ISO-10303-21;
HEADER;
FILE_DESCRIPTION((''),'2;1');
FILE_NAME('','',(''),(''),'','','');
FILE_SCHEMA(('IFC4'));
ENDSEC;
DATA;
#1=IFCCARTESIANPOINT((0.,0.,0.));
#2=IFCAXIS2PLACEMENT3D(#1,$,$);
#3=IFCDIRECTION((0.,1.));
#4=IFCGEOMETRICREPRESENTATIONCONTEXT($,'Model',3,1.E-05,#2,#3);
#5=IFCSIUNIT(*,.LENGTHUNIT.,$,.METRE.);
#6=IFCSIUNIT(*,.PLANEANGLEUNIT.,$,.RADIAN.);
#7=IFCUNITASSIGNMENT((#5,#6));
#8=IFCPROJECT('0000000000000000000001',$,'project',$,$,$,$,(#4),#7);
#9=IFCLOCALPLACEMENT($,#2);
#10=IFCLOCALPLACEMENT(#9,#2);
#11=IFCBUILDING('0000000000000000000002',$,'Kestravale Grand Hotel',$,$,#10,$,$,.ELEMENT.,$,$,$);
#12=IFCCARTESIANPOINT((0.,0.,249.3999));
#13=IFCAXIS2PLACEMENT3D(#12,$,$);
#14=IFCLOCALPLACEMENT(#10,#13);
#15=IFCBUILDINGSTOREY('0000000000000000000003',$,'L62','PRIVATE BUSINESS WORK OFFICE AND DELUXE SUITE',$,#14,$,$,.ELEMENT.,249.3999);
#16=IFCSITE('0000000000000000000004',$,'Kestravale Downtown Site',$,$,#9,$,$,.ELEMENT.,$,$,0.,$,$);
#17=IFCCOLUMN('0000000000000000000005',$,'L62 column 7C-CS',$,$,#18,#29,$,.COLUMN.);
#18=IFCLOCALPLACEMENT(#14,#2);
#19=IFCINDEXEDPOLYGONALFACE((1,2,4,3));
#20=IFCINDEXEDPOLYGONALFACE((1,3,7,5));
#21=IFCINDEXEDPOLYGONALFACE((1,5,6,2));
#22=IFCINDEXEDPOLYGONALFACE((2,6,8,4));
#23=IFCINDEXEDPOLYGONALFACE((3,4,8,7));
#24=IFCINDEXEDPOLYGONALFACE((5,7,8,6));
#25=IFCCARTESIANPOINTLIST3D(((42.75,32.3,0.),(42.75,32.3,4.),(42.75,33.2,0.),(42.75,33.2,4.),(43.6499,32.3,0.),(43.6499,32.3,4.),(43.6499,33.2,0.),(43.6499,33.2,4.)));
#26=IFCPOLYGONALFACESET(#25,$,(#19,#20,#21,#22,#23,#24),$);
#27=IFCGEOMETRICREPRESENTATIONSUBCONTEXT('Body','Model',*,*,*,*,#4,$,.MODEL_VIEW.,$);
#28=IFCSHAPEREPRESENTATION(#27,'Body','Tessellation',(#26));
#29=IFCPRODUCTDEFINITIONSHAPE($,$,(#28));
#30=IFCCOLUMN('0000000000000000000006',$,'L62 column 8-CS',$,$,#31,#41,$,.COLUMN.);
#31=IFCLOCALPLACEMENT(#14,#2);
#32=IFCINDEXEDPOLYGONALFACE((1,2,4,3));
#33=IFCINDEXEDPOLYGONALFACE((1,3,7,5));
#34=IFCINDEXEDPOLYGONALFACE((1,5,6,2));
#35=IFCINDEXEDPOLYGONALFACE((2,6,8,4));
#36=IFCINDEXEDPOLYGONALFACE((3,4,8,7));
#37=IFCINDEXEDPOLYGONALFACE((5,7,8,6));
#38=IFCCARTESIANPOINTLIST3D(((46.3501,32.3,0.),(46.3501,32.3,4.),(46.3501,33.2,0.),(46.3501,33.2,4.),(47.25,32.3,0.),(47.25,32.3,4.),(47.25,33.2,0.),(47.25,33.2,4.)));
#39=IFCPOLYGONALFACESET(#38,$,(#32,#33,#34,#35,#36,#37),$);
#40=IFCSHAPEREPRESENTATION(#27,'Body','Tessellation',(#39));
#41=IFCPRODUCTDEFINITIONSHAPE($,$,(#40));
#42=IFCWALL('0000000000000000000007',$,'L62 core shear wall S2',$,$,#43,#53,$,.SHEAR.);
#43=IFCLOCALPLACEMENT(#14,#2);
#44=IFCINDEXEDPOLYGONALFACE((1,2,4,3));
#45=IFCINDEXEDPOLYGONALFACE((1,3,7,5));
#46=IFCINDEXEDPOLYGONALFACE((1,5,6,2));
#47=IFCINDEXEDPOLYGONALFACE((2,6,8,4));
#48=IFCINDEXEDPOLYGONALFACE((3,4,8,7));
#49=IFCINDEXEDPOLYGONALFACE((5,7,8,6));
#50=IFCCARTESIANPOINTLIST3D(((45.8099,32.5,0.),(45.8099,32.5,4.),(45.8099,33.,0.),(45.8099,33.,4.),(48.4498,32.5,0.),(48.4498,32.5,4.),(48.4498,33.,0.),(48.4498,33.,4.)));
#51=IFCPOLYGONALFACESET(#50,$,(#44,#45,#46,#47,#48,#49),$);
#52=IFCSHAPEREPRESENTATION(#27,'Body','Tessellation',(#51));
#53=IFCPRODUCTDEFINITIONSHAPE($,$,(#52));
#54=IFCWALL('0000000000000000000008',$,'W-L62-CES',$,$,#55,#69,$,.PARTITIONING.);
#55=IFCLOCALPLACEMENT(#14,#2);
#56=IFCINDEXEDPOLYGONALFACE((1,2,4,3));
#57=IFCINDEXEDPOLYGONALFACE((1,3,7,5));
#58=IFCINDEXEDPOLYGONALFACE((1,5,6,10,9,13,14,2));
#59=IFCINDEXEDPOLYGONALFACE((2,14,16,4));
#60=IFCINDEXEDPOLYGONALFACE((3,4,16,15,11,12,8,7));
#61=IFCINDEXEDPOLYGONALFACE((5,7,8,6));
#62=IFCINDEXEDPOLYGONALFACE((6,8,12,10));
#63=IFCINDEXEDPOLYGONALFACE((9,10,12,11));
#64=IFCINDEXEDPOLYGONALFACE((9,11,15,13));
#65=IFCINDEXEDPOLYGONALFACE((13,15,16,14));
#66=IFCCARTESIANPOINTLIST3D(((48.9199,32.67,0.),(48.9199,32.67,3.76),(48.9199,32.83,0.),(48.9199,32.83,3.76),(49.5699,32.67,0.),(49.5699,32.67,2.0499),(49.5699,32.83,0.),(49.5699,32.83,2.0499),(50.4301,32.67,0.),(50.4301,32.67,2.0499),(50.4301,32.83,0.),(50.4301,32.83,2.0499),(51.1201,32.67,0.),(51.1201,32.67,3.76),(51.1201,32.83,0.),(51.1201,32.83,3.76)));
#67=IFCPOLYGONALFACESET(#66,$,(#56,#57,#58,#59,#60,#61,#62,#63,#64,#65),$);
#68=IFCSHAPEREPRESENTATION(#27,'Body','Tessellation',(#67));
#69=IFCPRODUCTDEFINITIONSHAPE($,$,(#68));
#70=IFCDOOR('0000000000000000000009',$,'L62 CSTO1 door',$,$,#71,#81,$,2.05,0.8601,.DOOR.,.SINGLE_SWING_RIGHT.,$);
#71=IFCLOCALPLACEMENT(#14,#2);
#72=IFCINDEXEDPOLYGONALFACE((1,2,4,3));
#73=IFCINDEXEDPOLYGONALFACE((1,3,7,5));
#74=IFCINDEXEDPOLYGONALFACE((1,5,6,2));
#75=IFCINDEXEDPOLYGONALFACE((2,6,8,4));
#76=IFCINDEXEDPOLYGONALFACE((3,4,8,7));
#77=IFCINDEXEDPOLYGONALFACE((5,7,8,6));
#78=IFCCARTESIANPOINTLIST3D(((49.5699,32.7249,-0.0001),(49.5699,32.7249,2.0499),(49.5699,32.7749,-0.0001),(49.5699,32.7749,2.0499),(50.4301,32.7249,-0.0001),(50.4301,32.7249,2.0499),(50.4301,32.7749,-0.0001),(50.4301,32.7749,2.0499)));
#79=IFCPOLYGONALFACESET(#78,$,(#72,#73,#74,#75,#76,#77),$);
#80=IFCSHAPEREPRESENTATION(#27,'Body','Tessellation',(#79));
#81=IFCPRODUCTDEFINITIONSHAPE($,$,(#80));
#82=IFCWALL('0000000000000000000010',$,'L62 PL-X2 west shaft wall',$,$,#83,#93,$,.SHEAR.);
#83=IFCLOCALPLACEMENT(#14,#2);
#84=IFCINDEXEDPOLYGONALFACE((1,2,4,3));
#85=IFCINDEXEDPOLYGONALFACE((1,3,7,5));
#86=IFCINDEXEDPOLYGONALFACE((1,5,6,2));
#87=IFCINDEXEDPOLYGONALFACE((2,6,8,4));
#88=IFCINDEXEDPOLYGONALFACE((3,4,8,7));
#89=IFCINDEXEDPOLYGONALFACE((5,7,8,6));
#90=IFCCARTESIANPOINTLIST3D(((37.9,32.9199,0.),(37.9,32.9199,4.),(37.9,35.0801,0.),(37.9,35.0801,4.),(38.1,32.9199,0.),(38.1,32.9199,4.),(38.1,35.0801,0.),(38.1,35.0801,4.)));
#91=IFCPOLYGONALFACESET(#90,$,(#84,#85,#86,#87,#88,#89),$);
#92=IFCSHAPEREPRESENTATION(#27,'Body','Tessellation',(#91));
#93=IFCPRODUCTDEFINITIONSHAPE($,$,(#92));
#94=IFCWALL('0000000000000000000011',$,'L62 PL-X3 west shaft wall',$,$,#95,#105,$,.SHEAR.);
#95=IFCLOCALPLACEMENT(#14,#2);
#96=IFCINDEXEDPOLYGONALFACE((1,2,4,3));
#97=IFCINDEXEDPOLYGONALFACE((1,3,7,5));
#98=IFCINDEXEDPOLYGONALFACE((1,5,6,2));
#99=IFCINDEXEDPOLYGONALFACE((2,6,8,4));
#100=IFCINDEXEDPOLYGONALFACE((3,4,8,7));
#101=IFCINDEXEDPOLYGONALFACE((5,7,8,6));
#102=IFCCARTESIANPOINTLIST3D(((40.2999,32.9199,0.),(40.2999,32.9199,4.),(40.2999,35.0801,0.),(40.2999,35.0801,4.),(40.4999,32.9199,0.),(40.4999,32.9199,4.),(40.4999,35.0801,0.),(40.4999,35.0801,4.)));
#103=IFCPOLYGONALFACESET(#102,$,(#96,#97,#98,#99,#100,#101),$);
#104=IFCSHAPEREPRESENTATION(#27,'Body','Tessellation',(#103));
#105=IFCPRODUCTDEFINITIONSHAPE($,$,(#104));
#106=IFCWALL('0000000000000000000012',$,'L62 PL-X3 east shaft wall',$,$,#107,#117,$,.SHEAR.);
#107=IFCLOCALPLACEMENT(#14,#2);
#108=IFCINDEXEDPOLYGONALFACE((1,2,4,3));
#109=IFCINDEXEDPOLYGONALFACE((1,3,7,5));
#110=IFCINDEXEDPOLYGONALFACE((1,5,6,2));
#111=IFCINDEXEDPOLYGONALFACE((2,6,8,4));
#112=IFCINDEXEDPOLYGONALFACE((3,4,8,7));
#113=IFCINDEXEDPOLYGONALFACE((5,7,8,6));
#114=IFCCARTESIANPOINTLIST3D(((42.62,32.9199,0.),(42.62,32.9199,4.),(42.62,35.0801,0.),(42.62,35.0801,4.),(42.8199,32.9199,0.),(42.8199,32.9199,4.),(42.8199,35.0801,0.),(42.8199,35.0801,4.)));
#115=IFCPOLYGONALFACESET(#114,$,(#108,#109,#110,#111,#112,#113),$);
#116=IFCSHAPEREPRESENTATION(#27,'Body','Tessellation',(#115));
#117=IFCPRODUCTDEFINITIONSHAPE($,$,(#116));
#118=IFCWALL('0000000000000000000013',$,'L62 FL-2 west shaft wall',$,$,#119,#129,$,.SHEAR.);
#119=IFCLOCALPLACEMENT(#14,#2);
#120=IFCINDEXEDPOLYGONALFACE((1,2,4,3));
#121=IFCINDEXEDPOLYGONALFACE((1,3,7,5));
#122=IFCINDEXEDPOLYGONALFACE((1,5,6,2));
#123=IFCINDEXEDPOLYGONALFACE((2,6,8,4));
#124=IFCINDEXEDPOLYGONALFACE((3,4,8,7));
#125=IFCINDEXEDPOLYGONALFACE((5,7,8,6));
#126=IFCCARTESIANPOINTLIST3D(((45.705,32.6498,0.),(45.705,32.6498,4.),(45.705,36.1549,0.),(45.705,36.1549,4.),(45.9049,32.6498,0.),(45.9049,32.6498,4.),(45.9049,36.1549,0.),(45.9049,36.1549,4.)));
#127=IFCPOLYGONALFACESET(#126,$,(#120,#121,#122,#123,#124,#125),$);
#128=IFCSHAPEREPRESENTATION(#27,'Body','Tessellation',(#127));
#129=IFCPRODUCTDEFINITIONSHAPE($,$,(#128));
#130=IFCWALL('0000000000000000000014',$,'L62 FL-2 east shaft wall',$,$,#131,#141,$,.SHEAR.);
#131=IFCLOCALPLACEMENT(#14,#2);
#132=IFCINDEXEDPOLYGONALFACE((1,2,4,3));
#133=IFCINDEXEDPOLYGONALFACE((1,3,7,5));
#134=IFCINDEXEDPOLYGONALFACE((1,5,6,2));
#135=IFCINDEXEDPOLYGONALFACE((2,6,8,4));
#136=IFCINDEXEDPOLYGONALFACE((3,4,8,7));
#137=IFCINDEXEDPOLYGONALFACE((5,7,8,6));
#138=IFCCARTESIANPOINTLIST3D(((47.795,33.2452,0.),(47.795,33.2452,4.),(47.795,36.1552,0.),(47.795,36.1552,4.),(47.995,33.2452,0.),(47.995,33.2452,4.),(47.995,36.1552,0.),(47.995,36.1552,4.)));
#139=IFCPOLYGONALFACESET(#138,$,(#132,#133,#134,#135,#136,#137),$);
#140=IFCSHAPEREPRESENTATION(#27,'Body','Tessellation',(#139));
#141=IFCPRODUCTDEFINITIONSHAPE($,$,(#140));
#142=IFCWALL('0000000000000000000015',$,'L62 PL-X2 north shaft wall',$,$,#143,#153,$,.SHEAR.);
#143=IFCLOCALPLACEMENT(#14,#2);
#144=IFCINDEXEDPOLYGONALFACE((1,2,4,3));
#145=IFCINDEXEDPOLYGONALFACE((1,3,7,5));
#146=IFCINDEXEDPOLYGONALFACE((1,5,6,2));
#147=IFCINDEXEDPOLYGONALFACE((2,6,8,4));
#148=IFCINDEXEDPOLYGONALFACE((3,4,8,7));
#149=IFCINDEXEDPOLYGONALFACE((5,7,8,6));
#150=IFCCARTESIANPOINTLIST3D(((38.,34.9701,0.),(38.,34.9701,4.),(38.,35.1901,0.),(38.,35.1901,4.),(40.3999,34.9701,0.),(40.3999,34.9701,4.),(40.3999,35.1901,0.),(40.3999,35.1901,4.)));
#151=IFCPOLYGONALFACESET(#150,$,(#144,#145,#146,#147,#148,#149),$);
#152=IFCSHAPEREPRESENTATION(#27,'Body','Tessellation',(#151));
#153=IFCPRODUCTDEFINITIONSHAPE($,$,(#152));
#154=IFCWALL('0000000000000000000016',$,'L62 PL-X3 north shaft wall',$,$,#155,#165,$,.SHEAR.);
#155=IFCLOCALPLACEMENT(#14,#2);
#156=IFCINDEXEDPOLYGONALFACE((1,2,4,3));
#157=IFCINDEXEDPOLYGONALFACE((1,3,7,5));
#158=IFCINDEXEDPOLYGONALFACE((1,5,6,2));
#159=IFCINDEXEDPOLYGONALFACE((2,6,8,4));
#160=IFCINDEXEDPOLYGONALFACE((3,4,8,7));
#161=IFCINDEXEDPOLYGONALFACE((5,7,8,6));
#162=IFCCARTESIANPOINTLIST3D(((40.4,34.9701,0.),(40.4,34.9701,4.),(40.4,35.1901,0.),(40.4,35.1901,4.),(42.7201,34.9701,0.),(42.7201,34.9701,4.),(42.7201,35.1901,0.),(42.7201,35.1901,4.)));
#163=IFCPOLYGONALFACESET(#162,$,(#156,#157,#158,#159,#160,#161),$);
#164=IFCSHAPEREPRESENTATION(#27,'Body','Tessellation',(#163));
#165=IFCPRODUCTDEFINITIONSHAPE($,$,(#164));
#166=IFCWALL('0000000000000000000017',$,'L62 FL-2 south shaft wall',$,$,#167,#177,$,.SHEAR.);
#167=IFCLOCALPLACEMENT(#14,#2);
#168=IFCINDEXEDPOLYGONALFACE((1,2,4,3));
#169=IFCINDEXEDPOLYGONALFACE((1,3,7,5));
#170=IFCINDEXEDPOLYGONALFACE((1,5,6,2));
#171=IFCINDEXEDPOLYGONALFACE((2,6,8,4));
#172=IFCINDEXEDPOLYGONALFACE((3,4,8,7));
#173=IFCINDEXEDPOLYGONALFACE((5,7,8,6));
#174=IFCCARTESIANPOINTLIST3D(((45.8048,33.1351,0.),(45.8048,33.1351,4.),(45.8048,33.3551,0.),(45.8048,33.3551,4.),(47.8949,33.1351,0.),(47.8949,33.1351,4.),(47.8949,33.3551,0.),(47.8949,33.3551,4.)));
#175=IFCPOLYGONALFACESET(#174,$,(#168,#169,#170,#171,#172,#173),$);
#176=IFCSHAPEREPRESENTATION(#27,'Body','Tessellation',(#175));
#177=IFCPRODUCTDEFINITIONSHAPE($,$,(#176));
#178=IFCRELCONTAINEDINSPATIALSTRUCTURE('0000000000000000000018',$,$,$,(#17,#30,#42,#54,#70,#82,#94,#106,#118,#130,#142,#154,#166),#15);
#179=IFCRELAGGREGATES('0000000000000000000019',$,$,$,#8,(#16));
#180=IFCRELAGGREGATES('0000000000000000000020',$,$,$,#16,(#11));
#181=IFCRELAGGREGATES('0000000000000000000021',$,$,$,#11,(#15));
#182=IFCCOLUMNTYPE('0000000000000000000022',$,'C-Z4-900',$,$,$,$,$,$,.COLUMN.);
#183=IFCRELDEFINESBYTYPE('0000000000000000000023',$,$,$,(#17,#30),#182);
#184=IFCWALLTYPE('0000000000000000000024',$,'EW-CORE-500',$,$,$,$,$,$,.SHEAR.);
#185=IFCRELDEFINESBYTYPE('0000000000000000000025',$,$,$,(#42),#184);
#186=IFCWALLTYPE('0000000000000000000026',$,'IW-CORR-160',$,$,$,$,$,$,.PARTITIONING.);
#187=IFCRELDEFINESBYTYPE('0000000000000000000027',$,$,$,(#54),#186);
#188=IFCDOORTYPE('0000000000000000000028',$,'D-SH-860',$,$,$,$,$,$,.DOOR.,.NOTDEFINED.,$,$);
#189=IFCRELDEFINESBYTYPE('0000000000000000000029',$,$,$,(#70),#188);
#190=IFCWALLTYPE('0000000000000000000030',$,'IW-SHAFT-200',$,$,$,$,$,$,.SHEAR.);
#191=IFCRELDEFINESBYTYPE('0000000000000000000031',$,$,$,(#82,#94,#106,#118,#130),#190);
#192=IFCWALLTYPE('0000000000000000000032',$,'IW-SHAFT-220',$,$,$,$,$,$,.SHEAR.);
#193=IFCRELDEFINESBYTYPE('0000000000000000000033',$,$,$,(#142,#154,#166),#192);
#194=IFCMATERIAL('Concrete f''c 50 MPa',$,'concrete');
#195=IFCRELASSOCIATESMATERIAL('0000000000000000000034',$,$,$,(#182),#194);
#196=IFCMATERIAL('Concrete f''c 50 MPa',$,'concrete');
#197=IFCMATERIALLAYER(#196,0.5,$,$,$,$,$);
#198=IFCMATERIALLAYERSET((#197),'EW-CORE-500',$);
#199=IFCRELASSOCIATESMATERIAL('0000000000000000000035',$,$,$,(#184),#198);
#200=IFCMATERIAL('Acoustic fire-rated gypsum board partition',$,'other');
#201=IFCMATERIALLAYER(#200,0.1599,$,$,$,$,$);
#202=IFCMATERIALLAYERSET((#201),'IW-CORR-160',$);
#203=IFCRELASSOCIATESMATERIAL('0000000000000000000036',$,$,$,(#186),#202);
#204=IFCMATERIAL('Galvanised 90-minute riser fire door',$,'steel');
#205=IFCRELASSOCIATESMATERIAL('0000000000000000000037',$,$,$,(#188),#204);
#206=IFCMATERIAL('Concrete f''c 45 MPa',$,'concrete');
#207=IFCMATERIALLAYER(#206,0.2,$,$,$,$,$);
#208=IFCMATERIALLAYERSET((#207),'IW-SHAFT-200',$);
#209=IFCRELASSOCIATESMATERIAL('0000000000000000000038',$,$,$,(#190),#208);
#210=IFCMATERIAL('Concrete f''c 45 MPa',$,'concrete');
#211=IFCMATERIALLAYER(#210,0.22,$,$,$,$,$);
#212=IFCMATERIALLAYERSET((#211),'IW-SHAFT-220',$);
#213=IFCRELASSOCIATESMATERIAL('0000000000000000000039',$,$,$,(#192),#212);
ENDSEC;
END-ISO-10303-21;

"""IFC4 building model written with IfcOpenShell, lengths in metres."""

from ifc_helpers import new_model, si_unit, direction, frame, frame_2d, origin, origin_2d, place, context, subcontext, project, spatial, rectangle, extrude, material, layer, layer_set, material_profile, profile_set, type_object, element, fill, save


model = new_model("IFC4")

# Units and contexts
model_context = context("Model", 3, precision=1e-05, world=origin(), true_north=direction((0.0, 1.0)))
body_context = subcontext(model_context, "Body", "Model", "MODEL_VIEW")
ifc_project = project(units=[si_unit("LENGTHUNIT", "METRE"), si_unit("PLANEANGLEUNIT", "RADIAN")], contexts=[model_context])

# Site, building, storey
site_placement = place(None, origin())
site = spatial("IfcSite", under=ifc_project, at=site_placement, Name="Kestravale Downtown Site", CompositionType="ELEMENT", RefElevation=0.0)
building_placement = place(site_placement, origin())
building = spatial("IfcBuilding", under=site, at=building_placement, Name="Kestravale Grand Hotel", CompositionType="ELEMENT")
storey_placement = place(building_placement, frame((0.0, 0.0, 249.3999)))
storey = spatial("IfcBuildingStorey", under=building, at=storey_placement, Name="L62", Description="PRIVATE BUSINESS WORK OFFICE AND DELUXE SUITE", CompositionType="ELEMENT", Elevation=249.3999)

# Columns
ifc_material_1 = material(Name="Concrete f'c 50 MPa", Category="concrete")
ifc_material_profile = material_profile(ifc_material_1, rectangle(XDim=0.8999, YDim=0.8999, at=origin_2d()))
ifc_profile_set = profile_set([ifc_material_profile], Name="Concrete f'c 50 MPa")
column_type = type_object("IfcColumnType", Name="C-Z4-900", PredefinedType="COLUMN", material=ifc_profile_set)
for number, where, z_axis, x_axis, name in (
    (1, (43.2, 32.75, 0.0), (0.0, 0.0, 1.0), (1.0, 0.0, 0.0), "L62 column 7C-CS"),
    (2, (46.8, 32.75, 0.0), (0.0, 0.0, 1.0), (1.0, 0.0, 0.0), "L62 column 8-CS"),
):
    element("IfcColumn", number, at=place(storey_placement, frame(where, z_axis=z_axis, x_axis=x_axis)), inside=storey, type_object=column_type, Name=name, PredefinedType="COLUMN", context=body_context, shape_type="SweptSolid", body=[
        extrude(rectangle(XDim=0.8999, YDim=0.8999, at=origin_2d()), origin(), (0.0, 0.0, 1.0), 4.0),
    ])

# Wall
ifc_material_2 = material(Name="Concrete f'c 50 MPa", Category="concrete")
ifc_layer_1 = layer(ifc_material_2, 0.5)
ifc_layer_set_1 = layer_set([ifc_layer_1], Name="EW-CORE-500")
wall_type_1 = type_object("IfcWallType", Name="EW-CORE-500", PredefinedType="SHEAR", material=ifc_layer_set_1)
wall_1_placement = place(storey_placement, frame((45.8101, 32.75, 0.0), z_axis=(0.0, 0.0, 1.0), x_axis=(1.0, 0.0, 0.0)))
element("IfcWall", 3, at=wall_1_placement, inside=storey, type_object=wall_type_1, Name="L62 core shear wall S2", PredefinedType="SHEAR", context=body_context, shape_type="SweptSolid", body=[
    extrude(rectangle(XDim=2.6399, YDim=0.5, at=frame_2d((1.3198, 0.0))), origin(), (0.0, 0.0, 1.0), 4.0),
])

# Wall, opening, door
ifc_material_3 = material(Name="Acoustic fire-rated gypsum board partition", Category="other")
ifc_layer_2 = layer(ifc_material_3, 0.1599)
ifc_layer_set_2 = layer_set([ifc_layer_2], Name="IW-CORR-160")
wall_type_2 = type_object("IfcWallType", Name="IW-CORR-160", PredefinedType="PARTITIONING", material=ifc_layer_set_2)
wall_2_placement = place(storey_placement, frame((48.9199, 32.75, 0.0), z_axis=(0.0, 0.0, 1.0), x_axis=(1.0, 0.0, 0.0)))
wall_2 = element("IfcWall", 4, at=wall_2_placement, inside=storey, type_object=wall_type_2, Name="W-L62-CES", PredefinedType="PARTITIONING", context=body_context, shape_type="SweptSolid", body=[
    extrude(rectangle(XDim=2.2002, YDim=0.1599, at=frame_2d((1.1001, 0.0))), origin(), (0.0, 0.0, 1.0), 3.76),
])
opening_1_placement = place(wall_2_placement, frame((0.6499, 0.0, 0.0)))
opening_1 = element("IfcOpeningElement", 5, at=opening_1_placement, cuts=wall_2, PredefinedType="OPENING", context=body_context, shape_type="SweptSolid", body=[
    extrude(rectangle(XDim=0.8601, YDim=2.05, at=frame_2d((0.4302, 1.0249))), frame((0.0, 0.0898, 0.0), z_axis=(0.0, -1.0, 0.0), x_axis=(1.0, 0.0, 0.0)), (0.0, 0.0, 1.0), 0.1799),
])
ifc_material_4 = material(Name="Galvanised 90-minute riser fire door", Category="steel")
door_type_1 = type_object("IfcDoorType", Name="D-SH-860", OperationType="NOTDEFINED", PredefinedType="DOOR", material=ifc_material_4)
door_1_placement = place(opening_1_placement, origin())
door_1 = element("IfcDoor", 6, at=door_1_placement, inside=storey, type_object=door_type_1, Name="L62 CSTO1 door", OperationType="SINGLE_SWING_RIGHT", OverallHeight=2.05, OverallWidth=0.8601, PredefinedType="DOOR", context=body_context, shape_type="SweptSolid", body=[
    extrude(rectangle(XDim=0.8601, YDim=2.05, at=frame_2d((0.4302, 1.0249))), frame((0.0, 0.0249, 0.0), z_axis=(0.0, -1.0, 0.0), x_axis=(1.0, 0.0, 0.0)), (0.0, 0.0, 1.0), 0.05),
])
fill(opening_1, door_1)

# Walls
ifc_material_5 = material(Name="Concrete f'c 45 MPa", Category="concrete")
ifc_layer_3 = layer(ifc_material_5, 0.2)
ifc_layer_set_3 = layer_set([ifc_layer_3], Name="IW-SHAFT-200")
wall_type_3 = type_object("IfcWallType", Name="IW-SHAFT-200", PredefinedType="SHEAR", material=ifc_layer_set_3)
for number, where, z_axis, x_axis, name in (
    (7, (38.0, 32.9199, 0.0), (0.0, 0.0, 1.0), (0.0, 1.0, 0.0), "L62 PL-X2 west shaft wall"),
    (8, (40.3999, 32.9199, 0.0), (0.0, 0.0, 1.0), (0.0, 1.0, 0.0), "L62 PL-X3 west shaft wall"),
    (9, (42.72, 32.9199, 0.0), (0.0, 0.0, 1.0), (0.0, 1.0, 0.0), "L62 PL-X3 east shaft wall"),
):
    element("IfcWall", number, at=place(storey_placement, frame(where, z_axis=z_axis, x_axis=x_axis)), inside=storey, type_object=wall_type_3, Name=name, PredefinedType="SHEAR", context=body_context, shape_type="SweptSolid", body=[
        extrude(rectangle(XDim=2.1602, YDim=0.2, at=frame_2d((1.0801, 0.0))), origin(), (0.0, 0.0, 1.0), 4.0),
    ])
wall_3_placement = place(storey_placement, frame((45.8049, 32.6499, 0.0), z_axis=(0.0, 0.0, 1.0), x_axis=(0.0, 1.0, 0.0)))
element("IfcWall", 10, at=wall_3_placement, inside=storey, type_object=wall_type_3, Name="L62 FL-2 west shaft wall", PredefinedType="SHEAR", context=body_context, shape_type="SweptSolid", body=[
    extrude(rectangle(XDim=3.5051, YDim=0.2, at=frame_2d((1.7524, 0.0))), origin(), (0.0, 0.0, 1.0), 4.0),
])
wall_4_placement = place(storey_placement, frame((47.895, 33.2451, 0.0), z_axis=(0.0, 0.0, 1.0), x_axis=(0.0, 1.0, 0.0)))
element("IfcWall", 11, at=wall_4_placement, inside=storey, type_object=wall_type_3, Name="L62 FL-2 east shaft wall", PredefinedType="SHEAR", context=body_context, shape_type="SweptSolid", body=[
    extrude(rectangle(XDim=2.9099, YDim=0.2, at=frame_2d((1.4551, 0.0))), origin(), (0.0, 0.0, 1.0), 4.0),
])
ifc_material_6 = material(Name="Concrete f'c 45 MPa", Category="concrete")
ifc_layer_4 = layer(ifc_material_6, 0.22)
ifc_layer_set_4 = layer_set([ifc_layer_4], Name="IW-SHAFT-220")
wall_type_4 = type_object("IfcWallType", Name="IW-SHAFT-220", PredefinedType="SHEAR", material=ifc_layer_set_4)
wall_5_placement = place(storey_placement, frame((38.0, 35.0801, 0.0), z_axis=(0.0, 0.0, 1.0), x_axis=(1.0, 0.0, 0.0)))
element("IfcWall", 12, at=wall_5_placement, inside=storey, type_object=wall_type_4, Name="L62 PL-X2 north shaft wall", PredefinedType="SHEAR", context=body_context, shape_type="SweptSolid", body=[
    extrude(rectangle(XDim=2.3999, YDim=0.22, at=frame_2d((1.2, 0.0))), origin(), (0.0, 0.0, 1.0), 4.0),
])

# Wall
wall_6_placement = place(storey_placement, frame((40.3999, 35.0801, 0.0), z_axis=(0.0, 0.0, 1.0), x_axis=(1.0, 0.0, 0.0)))
element("IfcWall", 13, at=wall_6_placement, inside=storey, type_object=wall_type_4, Name="L62 PL-X3 north shaft wall", PredefinedType="SHEAR", context=body_context, shape_type="SweptSolid", body=[
    extrude(rectangle(XDim=2.3201, YDim=0.22, at=frame_2d((1.1602, 0.0))), origin(), (0.0, 0.0, 1.0), 4.0),
])

# Wall
wall_7_placement = place(storey_placement, frame((45.8049, 33.2451, 0.0), z_axis=(0.0, 0.0, 1.0), x_axis=(1.0, 0.0, 0.0)))
element("IfcWall", 14, at=wall_7_placement, inside=storey, type_object=wall_type_4, Name="L62 FL-2 south shaft wall", PredefinedType="SHEAR", context=body_context, shape_type="SweptSolid", body=[
    extrude(rectangle(XDim=2.0901, YDim=0.22, at=frame_2d((1.0449, 0.0))), origin(), (0.0, 0.0, 1.0), 4.0),
])

save(model, "model.ifc")
